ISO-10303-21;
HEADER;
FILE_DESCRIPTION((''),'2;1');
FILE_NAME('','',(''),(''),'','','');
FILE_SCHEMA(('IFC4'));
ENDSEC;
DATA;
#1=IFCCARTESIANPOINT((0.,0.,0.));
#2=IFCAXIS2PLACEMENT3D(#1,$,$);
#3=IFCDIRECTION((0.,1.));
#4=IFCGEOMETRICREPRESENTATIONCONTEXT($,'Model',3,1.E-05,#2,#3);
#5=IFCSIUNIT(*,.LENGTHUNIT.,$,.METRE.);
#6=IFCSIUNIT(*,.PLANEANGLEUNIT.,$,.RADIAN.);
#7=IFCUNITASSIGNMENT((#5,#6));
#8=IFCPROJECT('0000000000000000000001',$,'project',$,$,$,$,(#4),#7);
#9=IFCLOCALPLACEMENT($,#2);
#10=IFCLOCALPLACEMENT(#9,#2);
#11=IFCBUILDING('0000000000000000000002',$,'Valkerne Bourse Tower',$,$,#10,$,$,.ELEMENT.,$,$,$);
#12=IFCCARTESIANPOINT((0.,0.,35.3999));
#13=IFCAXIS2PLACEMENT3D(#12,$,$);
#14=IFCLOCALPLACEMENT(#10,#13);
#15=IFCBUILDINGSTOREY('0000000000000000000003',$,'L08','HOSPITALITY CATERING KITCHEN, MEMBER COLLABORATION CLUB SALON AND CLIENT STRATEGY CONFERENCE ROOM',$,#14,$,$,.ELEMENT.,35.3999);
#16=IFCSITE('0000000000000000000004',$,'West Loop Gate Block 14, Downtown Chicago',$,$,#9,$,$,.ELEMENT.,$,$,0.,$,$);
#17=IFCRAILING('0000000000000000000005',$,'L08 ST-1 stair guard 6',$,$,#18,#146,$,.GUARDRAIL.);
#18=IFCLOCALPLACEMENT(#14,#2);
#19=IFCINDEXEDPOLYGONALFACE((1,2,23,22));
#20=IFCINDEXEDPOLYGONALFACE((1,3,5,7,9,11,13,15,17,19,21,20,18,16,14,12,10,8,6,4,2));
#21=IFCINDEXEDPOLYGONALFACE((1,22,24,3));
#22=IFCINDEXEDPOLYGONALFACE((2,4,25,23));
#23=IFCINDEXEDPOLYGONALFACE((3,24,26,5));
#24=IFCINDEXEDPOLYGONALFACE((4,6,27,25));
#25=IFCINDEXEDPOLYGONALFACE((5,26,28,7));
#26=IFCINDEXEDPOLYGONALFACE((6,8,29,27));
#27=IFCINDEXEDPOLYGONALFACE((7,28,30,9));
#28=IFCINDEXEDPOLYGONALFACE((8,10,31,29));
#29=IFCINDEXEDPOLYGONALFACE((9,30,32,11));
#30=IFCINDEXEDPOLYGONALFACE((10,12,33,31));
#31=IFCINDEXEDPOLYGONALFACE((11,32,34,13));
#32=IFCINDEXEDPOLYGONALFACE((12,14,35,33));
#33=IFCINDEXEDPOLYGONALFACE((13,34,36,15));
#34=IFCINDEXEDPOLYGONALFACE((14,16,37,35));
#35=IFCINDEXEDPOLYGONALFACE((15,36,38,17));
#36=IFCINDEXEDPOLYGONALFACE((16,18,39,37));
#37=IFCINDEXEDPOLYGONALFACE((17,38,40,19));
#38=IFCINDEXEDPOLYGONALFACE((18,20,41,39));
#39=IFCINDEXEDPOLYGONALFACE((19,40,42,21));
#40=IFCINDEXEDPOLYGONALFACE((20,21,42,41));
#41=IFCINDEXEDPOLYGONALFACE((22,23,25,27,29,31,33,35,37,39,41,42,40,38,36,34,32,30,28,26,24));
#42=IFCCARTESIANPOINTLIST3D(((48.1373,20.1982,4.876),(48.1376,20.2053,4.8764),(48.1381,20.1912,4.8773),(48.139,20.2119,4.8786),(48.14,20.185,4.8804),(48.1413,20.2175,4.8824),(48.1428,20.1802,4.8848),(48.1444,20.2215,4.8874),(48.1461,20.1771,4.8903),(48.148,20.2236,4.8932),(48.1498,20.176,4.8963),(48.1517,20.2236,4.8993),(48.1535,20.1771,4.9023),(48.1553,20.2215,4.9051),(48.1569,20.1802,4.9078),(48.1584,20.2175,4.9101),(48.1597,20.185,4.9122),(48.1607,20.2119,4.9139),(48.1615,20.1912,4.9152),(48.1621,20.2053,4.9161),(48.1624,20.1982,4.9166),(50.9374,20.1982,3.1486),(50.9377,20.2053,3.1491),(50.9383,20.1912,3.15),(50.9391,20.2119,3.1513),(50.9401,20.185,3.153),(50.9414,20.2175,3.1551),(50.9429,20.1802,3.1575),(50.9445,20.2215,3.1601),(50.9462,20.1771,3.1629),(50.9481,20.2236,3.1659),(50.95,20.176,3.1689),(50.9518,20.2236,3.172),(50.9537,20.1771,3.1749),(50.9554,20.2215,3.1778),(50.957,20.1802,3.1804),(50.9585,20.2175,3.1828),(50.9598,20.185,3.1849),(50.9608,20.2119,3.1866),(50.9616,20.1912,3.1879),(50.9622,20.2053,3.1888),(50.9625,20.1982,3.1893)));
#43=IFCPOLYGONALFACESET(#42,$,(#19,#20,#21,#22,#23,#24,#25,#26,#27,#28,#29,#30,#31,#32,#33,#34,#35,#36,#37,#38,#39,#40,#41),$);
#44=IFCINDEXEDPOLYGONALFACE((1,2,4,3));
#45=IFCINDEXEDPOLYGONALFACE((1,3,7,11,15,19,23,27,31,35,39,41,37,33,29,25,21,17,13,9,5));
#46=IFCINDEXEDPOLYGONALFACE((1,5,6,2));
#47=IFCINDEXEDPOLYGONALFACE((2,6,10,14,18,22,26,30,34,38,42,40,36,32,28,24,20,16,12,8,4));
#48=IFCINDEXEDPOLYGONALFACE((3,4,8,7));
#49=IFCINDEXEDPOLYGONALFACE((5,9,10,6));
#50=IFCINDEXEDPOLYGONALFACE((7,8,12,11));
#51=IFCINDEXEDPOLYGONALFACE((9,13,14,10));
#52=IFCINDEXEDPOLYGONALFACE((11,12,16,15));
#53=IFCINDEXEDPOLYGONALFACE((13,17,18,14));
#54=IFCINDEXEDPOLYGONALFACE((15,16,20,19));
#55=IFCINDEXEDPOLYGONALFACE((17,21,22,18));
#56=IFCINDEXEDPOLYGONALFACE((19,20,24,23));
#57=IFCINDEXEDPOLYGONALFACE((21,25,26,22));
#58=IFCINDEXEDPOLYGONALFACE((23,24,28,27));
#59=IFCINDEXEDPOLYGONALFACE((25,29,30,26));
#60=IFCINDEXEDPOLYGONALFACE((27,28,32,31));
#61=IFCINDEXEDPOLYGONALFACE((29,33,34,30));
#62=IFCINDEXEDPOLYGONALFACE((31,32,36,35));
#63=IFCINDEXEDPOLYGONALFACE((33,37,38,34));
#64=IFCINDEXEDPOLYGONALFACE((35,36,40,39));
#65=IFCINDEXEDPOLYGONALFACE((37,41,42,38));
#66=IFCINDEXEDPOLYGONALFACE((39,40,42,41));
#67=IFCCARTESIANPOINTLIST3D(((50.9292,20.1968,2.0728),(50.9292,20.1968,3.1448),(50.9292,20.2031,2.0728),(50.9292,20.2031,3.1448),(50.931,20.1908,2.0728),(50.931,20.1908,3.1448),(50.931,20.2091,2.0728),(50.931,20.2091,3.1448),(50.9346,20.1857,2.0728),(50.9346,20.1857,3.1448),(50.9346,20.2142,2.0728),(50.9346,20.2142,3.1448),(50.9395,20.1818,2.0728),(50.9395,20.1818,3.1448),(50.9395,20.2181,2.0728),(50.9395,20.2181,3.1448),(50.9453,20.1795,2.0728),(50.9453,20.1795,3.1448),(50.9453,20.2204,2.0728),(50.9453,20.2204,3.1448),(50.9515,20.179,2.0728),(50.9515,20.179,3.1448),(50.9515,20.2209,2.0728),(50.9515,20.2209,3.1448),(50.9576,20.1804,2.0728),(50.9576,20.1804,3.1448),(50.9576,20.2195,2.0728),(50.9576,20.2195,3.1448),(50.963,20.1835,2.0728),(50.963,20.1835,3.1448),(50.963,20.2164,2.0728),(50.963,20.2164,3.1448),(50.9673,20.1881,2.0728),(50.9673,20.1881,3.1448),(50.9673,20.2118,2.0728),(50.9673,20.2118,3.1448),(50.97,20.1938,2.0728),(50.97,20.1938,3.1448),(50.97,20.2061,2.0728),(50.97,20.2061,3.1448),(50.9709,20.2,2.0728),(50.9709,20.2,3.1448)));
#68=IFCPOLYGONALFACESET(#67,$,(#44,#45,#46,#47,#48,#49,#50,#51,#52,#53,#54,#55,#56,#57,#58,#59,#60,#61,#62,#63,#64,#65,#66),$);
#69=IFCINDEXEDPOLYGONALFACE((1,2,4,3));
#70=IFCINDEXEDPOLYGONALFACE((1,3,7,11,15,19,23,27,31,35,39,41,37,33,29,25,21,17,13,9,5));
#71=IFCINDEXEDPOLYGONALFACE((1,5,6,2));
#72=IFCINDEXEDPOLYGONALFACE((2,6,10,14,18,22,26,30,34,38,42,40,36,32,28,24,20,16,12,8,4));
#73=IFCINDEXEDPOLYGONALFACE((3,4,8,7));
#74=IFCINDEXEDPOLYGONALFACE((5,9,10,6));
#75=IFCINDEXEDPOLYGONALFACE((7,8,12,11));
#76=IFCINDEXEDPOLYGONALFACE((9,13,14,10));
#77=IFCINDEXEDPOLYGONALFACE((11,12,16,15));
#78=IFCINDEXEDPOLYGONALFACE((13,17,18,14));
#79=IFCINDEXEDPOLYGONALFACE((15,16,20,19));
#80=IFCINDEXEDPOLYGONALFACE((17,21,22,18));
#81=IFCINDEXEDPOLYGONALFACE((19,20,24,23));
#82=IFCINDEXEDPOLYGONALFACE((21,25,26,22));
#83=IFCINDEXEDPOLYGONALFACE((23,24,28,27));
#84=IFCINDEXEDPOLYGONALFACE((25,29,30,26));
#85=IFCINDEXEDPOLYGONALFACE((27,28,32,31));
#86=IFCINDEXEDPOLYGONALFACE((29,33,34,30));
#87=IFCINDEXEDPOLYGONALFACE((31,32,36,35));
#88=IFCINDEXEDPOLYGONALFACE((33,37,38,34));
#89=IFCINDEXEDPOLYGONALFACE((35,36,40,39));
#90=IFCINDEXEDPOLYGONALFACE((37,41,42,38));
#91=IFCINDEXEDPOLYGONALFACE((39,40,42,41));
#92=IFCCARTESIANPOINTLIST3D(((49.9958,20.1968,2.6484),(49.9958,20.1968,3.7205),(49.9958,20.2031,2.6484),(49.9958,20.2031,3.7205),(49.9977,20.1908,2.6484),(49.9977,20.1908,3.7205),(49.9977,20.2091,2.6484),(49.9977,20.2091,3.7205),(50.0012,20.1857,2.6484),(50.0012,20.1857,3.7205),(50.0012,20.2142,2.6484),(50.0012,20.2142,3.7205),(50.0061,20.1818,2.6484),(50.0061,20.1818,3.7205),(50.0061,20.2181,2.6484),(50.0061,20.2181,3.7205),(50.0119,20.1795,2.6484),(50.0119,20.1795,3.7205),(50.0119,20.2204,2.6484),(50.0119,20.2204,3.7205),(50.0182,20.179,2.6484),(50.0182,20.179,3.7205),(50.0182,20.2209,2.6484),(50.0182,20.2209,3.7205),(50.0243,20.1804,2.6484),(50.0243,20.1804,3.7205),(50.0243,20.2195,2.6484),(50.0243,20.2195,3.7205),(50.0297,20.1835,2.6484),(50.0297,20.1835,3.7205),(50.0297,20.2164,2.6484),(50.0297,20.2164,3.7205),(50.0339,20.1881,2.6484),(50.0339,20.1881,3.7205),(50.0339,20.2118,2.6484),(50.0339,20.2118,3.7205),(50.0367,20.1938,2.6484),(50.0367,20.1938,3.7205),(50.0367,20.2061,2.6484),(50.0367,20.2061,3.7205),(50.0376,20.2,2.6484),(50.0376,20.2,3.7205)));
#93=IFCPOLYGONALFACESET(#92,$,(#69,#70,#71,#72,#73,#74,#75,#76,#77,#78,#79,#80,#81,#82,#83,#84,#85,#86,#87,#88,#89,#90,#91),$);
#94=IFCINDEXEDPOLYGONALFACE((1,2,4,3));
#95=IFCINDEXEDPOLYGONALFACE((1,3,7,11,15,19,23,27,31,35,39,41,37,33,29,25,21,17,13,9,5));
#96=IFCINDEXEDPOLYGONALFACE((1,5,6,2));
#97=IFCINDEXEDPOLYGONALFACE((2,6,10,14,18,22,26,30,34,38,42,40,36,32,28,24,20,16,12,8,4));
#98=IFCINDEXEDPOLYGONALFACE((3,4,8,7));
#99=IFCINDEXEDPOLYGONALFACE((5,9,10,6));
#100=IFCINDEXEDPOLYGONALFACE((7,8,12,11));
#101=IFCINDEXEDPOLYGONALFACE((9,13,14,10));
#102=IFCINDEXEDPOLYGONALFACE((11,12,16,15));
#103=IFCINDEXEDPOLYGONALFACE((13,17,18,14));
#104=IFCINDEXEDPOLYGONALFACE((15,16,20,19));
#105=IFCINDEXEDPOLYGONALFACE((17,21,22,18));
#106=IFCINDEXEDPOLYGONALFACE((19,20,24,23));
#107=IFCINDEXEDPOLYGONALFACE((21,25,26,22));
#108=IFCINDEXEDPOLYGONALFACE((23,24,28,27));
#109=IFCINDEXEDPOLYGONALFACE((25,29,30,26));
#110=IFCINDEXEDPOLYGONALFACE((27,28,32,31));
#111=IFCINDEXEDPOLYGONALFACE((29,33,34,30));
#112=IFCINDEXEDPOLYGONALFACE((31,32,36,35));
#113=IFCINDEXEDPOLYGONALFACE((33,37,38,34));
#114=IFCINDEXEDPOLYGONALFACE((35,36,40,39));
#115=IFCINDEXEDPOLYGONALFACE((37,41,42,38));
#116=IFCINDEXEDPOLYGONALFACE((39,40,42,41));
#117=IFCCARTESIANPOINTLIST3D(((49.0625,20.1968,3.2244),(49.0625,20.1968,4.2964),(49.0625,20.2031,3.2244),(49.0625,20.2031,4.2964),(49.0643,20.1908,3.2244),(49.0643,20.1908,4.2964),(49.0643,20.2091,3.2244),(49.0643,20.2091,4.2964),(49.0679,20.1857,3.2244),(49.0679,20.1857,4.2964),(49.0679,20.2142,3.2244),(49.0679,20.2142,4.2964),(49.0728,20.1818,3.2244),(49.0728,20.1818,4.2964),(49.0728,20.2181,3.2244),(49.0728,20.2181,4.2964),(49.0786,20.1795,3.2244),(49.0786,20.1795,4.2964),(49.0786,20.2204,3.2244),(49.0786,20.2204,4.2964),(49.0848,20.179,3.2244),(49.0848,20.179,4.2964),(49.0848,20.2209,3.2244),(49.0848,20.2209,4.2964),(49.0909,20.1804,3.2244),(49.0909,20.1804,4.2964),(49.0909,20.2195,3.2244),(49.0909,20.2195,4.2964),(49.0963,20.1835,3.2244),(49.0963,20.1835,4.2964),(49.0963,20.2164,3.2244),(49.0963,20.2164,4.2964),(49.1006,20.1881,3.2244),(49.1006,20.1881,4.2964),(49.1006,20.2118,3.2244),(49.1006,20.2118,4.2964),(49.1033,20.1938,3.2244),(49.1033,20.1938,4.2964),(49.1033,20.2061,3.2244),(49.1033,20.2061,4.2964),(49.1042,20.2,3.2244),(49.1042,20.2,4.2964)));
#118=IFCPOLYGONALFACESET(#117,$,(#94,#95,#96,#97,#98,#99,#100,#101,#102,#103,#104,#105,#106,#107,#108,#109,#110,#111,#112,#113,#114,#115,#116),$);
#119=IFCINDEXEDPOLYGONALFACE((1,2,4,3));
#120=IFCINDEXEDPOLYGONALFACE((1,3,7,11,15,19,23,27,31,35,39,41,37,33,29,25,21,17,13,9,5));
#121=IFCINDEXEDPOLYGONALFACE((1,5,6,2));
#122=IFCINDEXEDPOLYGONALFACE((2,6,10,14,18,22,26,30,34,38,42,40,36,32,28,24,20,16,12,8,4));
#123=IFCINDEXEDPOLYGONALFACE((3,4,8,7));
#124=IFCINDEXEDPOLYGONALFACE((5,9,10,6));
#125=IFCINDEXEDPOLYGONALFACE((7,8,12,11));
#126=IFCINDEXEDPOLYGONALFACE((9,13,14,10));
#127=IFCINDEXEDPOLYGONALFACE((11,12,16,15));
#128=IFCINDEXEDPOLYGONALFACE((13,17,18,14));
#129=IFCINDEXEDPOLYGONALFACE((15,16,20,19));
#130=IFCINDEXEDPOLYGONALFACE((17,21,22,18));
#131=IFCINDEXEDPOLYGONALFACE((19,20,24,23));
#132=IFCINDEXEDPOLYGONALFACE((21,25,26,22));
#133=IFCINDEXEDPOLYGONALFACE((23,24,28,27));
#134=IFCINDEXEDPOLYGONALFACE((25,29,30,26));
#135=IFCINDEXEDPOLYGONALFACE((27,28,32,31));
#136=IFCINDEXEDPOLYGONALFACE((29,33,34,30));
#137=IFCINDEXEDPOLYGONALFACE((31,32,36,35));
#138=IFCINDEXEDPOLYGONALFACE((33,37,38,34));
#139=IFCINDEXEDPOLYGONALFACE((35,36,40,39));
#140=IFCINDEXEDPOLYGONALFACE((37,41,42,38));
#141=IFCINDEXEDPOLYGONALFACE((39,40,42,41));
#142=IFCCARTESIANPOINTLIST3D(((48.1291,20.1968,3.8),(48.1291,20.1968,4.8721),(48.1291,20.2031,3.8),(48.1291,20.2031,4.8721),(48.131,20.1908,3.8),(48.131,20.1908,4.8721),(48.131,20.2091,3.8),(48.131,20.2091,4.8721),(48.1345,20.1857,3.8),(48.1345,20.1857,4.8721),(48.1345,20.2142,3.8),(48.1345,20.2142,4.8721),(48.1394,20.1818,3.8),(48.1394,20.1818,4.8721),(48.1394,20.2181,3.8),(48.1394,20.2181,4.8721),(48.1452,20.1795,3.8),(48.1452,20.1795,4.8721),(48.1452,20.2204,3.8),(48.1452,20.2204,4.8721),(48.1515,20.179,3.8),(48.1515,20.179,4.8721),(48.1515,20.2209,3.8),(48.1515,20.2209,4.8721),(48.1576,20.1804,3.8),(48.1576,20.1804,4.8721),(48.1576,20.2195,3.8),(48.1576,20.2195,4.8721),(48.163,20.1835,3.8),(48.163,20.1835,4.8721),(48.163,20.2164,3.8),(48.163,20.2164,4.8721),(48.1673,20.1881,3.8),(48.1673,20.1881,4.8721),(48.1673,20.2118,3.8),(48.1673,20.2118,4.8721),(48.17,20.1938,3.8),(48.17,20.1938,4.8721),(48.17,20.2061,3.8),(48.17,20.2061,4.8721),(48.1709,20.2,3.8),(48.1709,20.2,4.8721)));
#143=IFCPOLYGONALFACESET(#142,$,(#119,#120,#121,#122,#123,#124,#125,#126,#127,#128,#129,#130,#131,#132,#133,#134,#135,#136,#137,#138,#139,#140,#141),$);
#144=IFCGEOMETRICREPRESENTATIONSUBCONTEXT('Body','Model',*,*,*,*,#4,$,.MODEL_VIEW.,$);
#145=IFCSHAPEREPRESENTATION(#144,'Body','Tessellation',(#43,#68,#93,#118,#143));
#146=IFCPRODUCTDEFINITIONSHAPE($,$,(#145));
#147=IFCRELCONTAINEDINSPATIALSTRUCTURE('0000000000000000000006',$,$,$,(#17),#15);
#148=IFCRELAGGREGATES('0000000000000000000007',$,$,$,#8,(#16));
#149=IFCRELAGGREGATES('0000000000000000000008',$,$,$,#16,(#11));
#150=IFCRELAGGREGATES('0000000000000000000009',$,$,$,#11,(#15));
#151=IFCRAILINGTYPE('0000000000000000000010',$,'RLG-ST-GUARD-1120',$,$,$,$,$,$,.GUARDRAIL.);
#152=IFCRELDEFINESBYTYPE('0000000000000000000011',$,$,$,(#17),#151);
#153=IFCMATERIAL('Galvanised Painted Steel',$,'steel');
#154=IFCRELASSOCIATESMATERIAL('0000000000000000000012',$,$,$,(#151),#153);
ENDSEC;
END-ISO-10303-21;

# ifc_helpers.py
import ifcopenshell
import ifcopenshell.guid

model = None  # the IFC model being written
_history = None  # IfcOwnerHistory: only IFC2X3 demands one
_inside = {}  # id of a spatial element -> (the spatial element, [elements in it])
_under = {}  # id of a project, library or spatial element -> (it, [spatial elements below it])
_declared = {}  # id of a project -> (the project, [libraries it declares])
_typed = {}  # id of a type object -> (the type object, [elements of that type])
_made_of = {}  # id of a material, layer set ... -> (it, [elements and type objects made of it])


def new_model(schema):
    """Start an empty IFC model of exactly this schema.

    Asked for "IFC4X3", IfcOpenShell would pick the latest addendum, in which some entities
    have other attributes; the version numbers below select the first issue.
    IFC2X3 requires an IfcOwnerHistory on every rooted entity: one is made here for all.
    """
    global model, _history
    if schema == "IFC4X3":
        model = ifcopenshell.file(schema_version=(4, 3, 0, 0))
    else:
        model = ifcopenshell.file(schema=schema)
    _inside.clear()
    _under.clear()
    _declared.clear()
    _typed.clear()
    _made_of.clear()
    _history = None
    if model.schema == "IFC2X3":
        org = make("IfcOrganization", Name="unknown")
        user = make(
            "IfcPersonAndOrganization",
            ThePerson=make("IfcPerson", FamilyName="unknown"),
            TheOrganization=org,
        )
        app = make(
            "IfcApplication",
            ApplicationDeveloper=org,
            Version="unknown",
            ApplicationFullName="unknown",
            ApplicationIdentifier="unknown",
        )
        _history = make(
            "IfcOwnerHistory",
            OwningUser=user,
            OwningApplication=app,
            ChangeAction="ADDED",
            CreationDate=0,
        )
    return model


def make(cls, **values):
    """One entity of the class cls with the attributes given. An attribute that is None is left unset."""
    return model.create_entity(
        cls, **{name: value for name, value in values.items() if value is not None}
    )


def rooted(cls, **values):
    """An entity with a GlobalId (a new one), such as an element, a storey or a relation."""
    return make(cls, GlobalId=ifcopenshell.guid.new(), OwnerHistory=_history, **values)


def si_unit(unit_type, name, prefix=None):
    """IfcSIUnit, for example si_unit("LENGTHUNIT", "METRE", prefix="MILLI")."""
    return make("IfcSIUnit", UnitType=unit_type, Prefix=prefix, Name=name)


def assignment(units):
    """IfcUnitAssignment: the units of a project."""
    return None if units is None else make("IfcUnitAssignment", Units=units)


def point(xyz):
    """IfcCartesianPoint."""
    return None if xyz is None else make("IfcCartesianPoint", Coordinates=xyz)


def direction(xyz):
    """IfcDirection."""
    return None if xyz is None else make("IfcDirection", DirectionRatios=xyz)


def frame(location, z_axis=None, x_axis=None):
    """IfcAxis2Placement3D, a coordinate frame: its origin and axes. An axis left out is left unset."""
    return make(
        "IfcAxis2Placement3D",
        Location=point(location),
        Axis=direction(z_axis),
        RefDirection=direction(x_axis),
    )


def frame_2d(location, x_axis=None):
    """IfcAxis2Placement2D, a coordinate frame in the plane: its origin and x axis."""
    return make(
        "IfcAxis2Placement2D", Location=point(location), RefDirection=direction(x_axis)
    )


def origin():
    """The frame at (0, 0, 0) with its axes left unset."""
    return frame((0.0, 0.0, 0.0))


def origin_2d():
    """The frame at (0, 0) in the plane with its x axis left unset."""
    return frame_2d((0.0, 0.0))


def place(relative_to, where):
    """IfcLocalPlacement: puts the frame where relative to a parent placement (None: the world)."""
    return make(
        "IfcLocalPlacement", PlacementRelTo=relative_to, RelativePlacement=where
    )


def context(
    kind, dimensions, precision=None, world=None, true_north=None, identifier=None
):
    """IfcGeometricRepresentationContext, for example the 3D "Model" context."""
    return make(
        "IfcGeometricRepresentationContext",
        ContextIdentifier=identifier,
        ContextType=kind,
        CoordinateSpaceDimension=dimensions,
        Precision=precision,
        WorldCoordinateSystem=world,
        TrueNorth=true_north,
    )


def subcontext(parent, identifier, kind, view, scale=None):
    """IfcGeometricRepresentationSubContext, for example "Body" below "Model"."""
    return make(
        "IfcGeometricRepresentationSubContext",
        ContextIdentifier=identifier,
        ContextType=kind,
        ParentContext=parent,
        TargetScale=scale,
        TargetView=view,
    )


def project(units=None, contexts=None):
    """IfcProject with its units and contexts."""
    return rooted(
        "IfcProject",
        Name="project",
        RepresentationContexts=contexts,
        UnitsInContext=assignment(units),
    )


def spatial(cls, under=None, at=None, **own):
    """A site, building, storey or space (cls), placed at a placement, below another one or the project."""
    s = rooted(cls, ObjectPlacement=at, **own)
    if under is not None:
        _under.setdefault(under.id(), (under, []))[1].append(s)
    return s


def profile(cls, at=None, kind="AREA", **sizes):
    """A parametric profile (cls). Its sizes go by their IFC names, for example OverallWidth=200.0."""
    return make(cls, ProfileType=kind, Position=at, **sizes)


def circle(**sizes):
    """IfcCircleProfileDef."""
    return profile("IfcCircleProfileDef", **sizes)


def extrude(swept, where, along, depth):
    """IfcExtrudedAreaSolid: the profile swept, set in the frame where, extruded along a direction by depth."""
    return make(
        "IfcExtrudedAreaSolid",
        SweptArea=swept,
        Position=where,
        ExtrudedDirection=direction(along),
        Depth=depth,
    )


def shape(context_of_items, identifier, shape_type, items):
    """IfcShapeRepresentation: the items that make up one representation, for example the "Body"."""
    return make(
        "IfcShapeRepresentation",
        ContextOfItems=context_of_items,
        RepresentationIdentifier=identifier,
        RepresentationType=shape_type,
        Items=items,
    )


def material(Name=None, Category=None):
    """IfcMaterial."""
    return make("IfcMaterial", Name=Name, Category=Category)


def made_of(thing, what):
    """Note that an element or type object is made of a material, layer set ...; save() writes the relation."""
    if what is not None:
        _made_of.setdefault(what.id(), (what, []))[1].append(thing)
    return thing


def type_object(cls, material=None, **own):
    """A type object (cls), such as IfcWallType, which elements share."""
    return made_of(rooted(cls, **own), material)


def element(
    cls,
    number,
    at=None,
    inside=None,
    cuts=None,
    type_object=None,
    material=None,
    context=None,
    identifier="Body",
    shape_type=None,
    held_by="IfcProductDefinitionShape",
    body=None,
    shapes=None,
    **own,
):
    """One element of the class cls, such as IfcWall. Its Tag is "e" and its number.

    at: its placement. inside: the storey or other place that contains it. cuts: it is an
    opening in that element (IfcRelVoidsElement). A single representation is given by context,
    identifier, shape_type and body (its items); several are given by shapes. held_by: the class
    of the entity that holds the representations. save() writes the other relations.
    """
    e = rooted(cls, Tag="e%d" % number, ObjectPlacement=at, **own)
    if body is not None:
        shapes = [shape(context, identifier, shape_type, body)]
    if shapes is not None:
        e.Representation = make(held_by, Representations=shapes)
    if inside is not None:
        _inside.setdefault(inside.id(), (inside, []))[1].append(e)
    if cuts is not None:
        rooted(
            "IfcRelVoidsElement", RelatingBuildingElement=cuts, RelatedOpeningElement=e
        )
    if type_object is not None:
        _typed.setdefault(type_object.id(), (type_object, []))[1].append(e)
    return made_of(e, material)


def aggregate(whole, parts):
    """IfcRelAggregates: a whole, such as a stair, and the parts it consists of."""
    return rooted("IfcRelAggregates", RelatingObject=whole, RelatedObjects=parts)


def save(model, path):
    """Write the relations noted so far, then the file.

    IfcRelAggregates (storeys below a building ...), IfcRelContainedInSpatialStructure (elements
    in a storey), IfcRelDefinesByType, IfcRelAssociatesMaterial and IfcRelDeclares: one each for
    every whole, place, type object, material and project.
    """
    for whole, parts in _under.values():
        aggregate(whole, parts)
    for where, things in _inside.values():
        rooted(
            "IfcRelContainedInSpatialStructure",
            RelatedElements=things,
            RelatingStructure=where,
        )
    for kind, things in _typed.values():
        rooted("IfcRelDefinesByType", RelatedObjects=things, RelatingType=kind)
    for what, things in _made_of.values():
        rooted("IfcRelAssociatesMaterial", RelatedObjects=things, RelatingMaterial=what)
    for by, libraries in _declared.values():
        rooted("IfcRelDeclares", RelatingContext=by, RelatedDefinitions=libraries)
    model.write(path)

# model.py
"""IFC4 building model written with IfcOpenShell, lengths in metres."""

from ifc_helpers import new_model, si_unit, direction, frame, origin, origin_2d, place, context, subcontext, project, spatial, circle, extrude, material, type_object, element, save


model = new_model("IFC4")

# Units and contexts
model_context = context("Model", 3, precision=1e-05, world=origin(), true_north=direction((0.0, 1.0)))
body_context = subcontext(model_context, "Body", "Model", "MODEL_VIEW")
ifc_project = project(units=[si_unit("LENGTHUNIT", "METRE"), si_unit("PLANEANGLEUNIT", "RADIAN")], contexts=[model_context])

# Site, building, storey
site_placement = place(None, origin())
site = spatial("IfcSite", under=ifc_project, at=site_placement, Name="West Loop Gate Block 14, Downtown Chicago", CompositionType="ELEMENT", RefElevation=0.0)
building_placement = place(site_placement, origin())
building = spatial("IfcBuilding", under=site, at=building_placement, Name="Valkerne Bourse Tower", CompositionType="ELEMENT")
storey_placement = place(building_placement, frame((0.0, 0.0, 35.3999)))
storey = spatial("IfcBuildingStorey", under=building, at=storey_placement, Name="L08", Description="HOSPITALITY CATERING KITCHEN, MEMBER COLLABORATION CLUB SALON AND CLIENT STRATEGY CONFERENCE ROOM", CompositionType="ELEMENT", Elevation=35.3999)

# Shared definitions
ifc_material_1 = material(Name="Galvanised Painted Steel", Category="steel")

# Railing
railing_type_1 = type_object("IfcRailingType", Name="RLG-ST-GUARD-1120", PredefinedType="GUARDRAIL", material=ifc_material_1)
railing_1_placement = place(storey_placement, frame((50.95, 20.2, 2.0728)))
element("IfcRailing", 1, at=railing_1_placement, inside=storey, type_object=railing_type_1, Name="L08 ST-1 stair guard 6", PredefinedType="GUARDRAIL", context=body_context, shape_type="SweptSolid", body=[
    extrude(circle(Radius=0.0239, at=origin_2d()), frame((0.0, 0.0, 1.0962), z_axis=(-0.85109, 0.0, 0.52502), x_axis=(0.0, -1.0, 0.0)), (0.0, 0.0, 1.0), 3.29),
    extrude(circle(Radius=0.021, at=origin_2d()), origin(), (0.0, 0.0, 1.0), 1.072),
    extrude(circle(Radius=0.021, at=origin_2d()), frame((-0.9333, 0.0, 0.5757)), (0.0, 0.0, 1.0), 1.072),
    extrude(circle(Radius=0.021, at=origin_2d()), frame((-1.8667, 0.0, 1.1516)), (0.0, 0.0, 1.0), 1.072),
    extrude(circle(Radius=0.021, at=origin_2d()), frame((-2.8, 0.0, 1.7273)), (0.0, 0.0, 1.0), 1.072),
])

save(model, "model.ifc")
